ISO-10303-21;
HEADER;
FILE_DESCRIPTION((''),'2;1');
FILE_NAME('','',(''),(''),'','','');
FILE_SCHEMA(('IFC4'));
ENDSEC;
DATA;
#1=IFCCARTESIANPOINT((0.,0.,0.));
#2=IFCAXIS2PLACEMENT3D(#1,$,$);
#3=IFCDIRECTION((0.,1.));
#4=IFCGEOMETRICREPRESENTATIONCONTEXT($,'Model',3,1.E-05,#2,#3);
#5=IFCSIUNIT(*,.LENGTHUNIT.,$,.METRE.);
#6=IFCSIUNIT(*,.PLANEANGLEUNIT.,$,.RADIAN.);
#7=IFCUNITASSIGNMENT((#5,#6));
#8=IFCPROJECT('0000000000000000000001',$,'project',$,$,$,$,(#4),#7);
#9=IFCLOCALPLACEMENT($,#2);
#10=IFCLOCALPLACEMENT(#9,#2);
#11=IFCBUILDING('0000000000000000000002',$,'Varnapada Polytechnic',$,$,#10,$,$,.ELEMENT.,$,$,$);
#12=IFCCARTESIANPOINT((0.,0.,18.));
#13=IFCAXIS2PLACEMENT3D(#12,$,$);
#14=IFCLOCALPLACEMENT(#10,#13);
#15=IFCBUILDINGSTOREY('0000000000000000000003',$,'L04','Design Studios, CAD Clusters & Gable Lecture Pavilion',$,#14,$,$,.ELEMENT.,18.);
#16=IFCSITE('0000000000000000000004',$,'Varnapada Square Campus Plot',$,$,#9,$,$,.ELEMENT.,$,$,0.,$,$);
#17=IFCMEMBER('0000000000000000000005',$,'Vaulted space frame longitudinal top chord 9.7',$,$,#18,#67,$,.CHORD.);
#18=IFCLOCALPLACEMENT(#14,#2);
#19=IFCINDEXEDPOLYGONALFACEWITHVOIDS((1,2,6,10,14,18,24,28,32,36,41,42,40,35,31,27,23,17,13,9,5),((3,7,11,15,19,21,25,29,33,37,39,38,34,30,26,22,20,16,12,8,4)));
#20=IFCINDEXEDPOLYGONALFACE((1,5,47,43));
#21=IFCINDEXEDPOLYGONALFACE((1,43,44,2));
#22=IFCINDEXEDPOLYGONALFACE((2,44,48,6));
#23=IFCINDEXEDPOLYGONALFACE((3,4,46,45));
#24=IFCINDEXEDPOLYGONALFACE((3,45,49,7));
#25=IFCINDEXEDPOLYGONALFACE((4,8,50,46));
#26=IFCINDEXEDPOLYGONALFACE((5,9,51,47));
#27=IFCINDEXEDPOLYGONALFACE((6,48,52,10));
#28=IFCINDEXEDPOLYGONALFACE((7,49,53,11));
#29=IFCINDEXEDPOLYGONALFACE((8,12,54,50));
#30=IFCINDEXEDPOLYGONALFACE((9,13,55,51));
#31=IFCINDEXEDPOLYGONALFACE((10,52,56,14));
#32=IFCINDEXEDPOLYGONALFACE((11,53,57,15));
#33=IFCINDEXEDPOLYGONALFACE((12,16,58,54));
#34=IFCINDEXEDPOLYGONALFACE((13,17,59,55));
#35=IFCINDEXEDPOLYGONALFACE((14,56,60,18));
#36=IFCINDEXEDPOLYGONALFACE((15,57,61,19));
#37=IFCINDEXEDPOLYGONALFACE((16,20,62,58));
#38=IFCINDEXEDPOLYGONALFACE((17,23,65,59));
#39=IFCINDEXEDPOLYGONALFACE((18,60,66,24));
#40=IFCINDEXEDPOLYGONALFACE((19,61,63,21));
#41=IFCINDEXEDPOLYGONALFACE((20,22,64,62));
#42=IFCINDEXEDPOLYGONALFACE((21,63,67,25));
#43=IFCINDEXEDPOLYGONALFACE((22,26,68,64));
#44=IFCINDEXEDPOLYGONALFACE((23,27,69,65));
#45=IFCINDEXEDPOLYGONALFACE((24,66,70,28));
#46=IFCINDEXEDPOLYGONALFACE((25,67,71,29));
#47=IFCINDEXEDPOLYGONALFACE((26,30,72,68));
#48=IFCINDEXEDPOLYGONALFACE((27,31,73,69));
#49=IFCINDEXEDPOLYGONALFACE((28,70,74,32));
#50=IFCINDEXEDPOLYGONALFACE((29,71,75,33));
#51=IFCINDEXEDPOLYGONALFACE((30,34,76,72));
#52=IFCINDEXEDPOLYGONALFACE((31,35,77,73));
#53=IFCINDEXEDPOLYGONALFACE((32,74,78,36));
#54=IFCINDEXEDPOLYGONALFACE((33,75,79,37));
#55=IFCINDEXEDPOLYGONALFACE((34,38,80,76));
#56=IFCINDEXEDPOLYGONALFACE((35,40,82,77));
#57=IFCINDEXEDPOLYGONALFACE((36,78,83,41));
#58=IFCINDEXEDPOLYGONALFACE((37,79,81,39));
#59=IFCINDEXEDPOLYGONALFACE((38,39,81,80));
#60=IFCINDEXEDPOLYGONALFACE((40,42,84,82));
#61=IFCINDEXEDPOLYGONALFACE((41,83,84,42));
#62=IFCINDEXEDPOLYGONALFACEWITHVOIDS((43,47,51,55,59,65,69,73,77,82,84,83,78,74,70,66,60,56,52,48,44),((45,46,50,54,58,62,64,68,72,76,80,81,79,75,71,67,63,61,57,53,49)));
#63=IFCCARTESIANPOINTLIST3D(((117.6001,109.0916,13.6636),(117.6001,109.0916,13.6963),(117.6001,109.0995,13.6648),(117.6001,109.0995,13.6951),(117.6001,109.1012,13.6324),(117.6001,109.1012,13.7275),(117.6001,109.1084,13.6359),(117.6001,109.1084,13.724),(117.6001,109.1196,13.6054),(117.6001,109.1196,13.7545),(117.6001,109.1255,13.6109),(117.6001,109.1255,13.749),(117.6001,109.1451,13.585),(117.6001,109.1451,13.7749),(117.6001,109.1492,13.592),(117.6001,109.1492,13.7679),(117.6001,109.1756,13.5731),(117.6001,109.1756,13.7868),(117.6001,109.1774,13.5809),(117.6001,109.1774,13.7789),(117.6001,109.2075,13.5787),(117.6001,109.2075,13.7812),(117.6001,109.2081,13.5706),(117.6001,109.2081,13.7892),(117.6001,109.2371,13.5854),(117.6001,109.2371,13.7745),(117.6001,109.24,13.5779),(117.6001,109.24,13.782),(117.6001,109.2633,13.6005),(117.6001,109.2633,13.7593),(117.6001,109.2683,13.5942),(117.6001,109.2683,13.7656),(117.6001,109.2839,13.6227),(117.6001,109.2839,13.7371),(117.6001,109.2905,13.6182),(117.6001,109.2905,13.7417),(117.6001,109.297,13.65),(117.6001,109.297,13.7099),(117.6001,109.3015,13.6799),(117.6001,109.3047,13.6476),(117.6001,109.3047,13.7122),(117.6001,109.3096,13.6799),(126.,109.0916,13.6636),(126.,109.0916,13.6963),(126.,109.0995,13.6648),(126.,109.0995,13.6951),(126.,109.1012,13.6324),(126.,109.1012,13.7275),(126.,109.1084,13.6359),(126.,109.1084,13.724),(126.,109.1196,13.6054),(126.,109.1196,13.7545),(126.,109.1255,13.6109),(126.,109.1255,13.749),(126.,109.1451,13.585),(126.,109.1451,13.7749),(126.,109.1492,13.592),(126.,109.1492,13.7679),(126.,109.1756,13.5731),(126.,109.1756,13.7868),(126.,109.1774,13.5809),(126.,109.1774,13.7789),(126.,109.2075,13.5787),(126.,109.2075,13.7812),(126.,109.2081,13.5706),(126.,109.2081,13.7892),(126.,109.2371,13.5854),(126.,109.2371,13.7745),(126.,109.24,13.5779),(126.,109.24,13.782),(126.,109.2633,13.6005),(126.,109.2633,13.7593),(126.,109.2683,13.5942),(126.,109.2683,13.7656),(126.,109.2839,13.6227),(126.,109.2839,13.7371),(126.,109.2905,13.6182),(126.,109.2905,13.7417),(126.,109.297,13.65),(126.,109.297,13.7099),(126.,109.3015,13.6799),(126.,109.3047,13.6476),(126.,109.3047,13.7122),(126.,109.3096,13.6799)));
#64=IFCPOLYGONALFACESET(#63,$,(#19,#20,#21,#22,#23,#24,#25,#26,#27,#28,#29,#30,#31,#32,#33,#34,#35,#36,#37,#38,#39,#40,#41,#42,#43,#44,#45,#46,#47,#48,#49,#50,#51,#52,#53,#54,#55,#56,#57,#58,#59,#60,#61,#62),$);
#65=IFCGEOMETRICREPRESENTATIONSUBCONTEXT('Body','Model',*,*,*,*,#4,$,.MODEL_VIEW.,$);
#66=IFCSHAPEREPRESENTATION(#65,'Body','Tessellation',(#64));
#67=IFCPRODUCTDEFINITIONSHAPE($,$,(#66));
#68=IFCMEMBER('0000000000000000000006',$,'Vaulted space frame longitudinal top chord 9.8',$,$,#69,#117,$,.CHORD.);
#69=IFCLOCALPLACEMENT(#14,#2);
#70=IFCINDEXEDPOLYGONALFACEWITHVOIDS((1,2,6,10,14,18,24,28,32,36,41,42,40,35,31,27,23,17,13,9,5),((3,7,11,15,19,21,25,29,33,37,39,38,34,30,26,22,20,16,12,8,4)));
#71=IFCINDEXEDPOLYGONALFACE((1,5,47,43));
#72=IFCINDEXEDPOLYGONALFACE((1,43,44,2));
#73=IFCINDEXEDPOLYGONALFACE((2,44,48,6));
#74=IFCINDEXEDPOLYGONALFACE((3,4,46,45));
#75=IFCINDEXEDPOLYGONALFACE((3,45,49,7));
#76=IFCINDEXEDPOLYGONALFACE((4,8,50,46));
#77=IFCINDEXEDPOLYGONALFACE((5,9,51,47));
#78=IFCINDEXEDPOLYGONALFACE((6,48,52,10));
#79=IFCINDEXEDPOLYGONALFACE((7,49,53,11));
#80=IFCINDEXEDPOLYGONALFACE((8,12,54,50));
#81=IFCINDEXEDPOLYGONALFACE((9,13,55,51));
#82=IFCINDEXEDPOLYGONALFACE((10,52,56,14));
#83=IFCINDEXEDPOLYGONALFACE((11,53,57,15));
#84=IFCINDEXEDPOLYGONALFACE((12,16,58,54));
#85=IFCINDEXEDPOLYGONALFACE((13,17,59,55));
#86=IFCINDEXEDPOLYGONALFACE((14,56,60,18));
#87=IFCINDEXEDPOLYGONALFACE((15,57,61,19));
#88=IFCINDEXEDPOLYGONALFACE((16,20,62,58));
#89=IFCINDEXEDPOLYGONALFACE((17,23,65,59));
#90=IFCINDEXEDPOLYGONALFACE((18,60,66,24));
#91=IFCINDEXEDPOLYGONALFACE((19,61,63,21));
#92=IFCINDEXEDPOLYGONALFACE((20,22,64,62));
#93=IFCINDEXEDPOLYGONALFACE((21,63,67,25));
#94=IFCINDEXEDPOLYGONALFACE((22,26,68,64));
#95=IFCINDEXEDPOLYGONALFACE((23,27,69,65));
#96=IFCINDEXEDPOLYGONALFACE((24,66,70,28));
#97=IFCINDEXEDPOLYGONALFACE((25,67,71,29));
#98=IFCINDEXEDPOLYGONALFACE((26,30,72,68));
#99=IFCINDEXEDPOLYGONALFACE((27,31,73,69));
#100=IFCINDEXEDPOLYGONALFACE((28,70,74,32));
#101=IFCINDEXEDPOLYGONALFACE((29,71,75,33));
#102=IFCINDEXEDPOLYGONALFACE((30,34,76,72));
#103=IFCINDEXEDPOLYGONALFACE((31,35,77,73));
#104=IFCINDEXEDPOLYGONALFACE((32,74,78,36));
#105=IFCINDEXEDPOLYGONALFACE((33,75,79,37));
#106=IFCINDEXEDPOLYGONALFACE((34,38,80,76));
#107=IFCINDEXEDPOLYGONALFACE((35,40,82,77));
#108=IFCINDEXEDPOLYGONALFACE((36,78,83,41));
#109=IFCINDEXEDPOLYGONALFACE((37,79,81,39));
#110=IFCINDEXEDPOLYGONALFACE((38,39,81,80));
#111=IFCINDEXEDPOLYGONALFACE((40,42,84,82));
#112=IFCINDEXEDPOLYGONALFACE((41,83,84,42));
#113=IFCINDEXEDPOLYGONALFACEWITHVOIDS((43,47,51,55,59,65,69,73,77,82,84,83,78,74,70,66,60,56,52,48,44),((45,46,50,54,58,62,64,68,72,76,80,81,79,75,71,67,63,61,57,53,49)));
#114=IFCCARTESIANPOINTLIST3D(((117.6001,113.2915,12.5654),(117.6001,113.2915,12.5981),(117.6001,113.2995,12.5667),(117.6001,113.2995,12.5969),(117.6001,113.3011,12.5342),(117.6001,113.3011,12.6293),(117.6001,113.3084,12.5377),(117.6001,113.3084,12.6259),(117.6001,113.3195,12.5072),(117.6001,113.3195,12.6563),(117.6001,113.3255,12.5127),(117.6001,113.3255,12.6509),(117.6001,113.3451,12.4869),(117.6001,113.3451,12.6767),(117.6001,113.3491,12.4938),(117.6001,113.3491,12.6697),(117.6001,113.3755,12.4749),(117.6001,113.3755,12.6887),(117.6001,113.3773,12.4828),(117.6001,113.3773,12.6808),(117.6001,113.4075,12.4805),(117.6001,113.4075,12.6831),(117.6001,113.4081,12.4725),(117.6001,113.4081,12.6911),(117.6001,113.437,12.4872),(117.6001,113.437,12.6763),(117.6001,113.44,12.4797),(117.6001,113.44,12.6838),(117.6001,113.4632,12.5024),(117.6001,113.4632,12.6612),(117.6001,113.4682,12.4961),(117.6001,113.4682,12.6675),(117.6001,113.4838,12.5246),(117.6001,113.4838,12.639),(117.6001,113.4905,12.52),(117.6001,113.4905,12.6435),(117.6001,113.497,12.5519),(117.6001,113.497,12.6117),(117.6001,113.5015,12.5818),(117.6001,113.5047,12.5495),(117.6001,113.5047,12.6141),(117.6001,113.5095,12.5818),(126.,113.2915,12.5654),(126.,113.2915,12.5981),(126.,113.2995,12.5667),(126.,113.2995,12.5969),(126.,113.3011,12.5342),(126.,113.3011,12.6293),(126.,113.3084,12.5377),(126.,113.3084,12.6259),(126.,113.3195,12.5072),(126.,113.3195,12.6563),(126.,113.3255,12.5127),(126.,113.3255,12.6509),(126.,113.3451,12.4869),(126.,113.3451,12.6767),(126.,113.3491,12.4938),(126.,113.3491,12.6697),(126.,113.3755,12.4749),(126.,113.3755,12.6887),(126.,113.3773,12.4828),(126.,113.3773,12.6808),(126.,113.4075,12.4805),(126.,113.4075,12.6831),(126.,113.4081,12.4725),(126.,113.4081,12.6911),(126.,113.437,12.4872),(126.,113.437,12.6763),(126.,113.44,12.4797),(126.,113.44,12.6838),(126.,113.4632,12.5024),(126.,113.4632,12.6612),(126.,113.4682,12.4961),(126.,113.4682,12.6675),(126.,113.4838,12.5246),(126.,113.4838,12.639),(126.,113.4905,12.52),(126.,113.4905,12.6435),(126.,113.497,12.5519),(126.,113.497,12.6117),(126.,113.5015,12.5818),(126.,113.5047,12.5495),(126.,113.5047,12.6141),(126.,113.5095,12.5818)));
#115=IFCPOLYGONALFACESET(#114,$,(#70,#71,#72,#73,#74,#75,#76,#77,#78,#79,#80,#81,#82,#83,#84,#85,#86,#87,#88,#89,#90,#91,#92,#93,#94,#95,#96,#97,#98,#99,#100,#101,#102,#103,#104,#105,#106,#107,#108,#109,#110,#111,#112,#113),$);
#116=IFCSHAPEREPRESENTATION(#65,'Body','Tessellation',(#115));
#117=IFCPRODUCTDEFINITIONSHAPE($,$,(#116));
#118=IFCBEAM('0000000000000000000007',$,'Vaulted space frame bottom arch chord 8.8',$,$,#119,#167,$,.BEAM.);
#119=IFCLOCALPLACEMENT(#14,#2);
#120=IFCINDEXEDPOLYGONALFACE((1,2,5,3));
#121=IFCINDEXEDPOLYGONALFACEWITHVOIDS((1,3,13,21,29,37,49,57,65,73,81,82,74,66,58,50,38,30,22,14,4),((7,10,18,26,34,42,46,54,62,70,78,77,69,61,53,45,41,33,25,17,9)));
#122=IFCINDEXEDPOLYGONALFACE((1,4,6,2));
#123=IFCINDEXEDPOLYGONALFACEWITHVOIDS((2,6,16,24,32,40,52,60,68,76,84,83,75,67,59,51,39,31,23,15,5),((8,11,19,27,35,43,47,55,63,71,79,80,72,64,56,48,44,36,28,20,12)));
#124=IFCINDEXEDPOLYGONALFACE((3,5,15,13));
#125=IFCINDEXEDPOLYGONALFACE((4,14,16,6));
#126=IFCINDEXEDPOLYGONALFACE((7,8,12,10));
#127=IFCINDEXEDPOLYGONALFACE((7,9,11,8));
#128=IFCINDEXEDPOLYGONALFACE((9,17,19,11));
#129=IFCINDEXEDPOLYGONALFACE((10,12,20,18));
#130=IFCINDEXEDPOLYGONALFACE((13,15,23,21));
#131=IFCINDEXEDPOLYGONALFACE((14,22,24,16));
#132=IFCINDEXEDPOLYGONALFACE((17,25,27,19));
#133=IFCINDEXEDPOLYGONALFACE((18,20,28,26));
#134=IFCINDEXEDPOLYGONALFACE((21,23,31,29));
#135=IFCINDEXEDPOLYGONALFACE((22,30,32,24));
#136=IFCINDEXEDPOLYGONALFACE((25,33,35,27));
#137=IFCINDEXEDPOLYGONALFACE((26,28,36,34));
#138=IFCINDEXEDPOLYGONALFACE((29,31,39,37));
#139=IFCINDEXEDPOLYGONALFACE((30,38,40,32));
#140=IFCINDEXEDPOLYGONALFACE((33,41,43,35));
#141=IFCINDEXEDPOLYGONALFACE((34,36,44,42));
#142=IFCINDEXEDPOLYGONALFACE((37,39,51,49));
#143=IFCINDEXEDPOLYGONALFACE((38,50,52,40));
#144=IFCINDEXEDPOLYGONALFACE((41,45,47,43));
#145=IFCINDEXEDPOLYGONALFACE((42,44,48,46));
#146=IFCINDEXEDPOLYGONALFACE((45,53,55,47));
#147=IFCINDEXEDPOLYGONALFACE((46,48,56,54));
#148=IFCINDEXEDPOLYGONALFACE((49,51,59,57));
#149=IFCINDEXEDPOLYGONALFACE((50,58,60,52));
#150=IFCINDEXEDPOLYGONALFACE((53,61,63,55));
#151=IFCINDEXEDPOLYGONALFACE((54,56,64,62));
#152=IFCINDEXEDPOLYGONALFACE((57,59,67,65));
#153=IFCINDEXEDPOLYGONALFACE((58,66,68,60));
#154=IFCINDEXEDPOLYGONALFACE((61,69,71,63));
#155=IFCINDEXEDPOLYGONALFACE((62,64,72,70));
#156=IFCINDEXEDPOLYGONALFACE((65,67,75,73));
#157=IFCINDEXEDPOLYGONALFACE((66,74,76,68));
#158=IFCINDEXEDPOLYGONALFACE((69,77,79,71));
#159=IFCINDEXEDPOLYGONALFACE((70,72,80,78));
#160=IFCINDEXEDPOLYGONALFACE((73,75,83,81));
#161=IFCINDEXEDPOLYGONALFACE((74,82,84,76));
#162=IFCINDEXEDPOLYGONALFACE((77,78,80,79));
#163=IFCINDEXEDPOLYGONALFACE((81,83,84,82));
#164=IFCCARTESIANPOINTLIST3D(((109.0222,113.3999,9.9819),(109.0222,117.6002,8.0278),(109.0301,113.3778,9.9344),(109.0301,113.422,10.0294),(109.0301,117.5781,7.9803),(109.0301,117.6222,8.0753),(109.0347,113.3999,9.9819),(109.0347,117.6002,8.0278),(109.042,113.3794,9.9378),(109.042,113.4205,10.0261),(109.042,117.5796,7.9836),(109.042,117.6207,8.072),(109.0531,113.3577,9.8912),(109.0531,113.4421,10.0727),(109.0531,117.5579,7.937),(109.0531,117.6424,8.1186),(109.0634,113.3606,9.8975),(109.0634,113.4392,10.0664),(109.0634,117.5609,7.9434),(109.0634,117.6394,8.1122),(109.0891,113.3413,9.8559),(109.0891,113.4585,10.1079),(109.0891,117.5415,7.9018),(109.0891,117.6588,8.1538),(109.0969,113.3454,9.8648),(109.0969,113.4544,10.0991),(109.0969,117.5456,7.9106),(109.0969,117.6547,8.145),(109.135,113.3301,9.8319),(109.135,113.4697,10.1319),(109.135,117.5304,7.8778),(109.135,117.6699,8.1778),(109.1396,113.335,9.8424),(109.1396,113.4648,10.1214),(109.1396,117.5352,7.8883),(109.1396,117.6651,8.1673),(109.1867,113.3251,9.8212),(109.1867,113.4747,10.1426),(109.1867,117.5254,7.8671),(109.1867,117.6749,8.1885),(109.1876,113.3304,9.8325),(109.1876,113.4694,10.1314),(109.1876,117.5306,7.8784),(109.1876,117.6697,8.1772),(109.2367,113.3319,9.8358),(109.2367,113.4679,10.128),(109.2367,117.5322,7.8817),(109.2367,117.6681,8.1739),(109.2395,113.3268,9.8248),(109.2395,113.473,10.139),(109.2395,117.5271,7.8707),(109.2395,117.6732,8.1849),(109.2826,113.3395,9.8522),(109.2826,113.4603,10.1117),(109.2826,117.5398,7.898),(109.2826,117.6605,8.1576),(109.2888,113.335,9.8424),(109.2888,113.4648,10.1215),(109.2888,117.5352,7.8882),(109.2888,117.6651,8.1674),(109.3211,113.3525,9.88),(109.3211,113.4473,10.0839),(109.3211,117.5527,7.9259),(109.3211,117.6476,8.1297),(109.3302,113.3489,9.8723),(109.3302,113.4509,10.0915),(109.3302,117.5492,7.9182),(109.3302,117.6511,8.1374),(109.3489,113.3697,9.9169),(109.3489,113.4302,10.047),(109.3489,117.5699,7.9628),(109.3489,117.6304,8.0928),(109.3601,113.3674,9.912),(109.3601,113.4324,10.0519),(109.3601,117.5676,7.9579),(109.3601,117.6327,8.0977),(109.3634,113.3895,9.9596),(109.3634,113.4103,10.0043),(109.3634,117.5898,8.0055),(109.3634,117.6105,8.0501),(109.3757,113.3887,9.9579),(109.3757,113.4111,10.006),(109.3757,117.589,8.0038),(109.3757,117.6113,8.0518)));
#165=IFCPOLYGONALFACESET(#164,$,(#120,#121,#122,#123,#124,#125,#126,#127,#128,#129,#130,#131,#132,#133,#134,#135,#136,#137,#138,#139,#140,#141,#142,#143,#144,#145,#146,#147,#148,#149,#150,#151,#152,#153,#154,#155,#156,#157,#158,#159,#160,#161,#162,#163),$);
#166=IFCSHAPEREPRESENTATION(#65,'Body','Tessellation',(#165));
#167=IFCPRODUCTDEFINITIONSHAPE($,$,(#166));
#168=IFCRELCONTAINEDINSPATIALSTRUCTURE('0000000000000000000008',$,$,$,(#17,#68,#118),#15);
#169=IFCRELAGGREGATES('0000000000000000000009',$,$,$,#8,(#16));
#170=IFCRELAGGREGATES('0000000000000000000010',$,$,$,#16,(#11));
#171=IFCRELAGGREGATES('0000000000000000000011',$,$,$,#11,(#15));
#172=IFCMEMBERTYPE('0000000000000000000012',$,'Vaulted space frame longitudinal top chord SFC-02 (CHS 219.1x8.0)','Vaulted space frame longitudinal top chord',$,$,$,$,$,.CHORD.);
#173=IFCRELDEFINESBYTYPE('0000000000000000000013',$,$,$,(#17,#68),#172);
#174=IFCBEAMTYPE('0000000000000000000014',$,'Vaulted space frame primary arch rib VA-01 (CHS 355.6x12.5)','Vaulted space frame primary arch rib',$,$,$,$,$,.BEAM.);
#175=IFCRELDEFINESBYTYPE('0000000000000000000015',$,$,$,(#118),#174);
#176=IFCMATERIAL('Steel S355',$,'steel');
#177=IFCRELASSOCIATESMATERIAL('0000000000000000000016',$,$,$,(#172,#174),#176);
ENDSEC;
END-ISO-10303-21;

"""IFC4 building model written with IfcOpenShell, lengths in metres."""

from ifc_helpers import new_model, si_unit, direction, frame, origin, origin_2d, place, context, subcontext, project, spatial, hollow_circle, extrude, material, material_profile, profile_set, type_object, element, save


model = new_model("IFC4")

# Units and contexts
model_context = context("Model", 3, precision=1e-05, world=origin(), true_north=direction((0.0, 1.0)))
body_context = subcontext(model_context, "Body", "Model", "MODEL_VIEW")
ifc_project = project(units=[si_unit("LENGTHUNIT", "METRE"), si_unit("PLANEANGLEUNIT", "RADIAN")], contexts=[model_context])

# Site, building, storey
site_placement = place(None, origin())
site = spatial("IfcSite", under=ifc_project, at=site_placement, Name="Varnapada Square Campus Plot", CompositionType="ELEMENT", RefElevation=0.0)
building_placement = place(site_placement, origin())
building = spatial("IfcBuilding", under=site, at=building_placement, Name="Varnapada Polytechnic", CompositionType="ELEMENT")
storey_placement = place(building_placement, frame((0.0, 0.0, 18.0)))
storey = spatial("IfcBuildingStorey", under=building, at=storey_placement, Name="L04", Description="Design Studios, CAD Clusters & Gable Lecture Pavilion", CompositionType="ELEMENT", Elevation=18.0)

# Members
ifc_material = material(Name="Steel S355", Category="steel")
ifc_material_profile_1 = material_profile(ifc_material, hollow_circle(Radius=0.1096, WallThickness=0.0081, at=origin_2d()), Name="CHS 219.1x8.0")
ifc_profile_set_1 = profile_set([ifc_material_profile_1], Name="Steel S355")
member_type_1 = type_object("IfcMemberType", Name="Vaulted space frame longitudinal top chord SFC-02 (CHS 219.1x8.0)", Description="Vaulted space frame longitudinal top chord", PredefinedType="CHORD", material=ifc_profile_set_1)
for number, where, z_axis, x_axis, name in (
    (1, (117.6001, 109.2, 13.6799), (1.0, 0.0, 0.0), (0.0, 1.0, 0.0), "Vaulted space frame longitudinal top chord 9.7"),
    (2, (117.6001, 113.3999, 12.5818), (1.0, 0.0, 0.0), (0.0, 1.0, 0.0), "Vaulted space frame longitudinal top chord 9.8"),
):
    element("IfcMember", number, at=place(storey_placement, frame(where, z_axis=z_axis, x_axis=x_axis)), inside=storey, type_object=member_type_1, Name=name, PredefinedType="CHORD", context=body_context, shape_type="SweptSolid", body=[
        extrude(hollow_circle(Radius=0.1096, WallThickness=0.0081, at=origin_2d()), origin(), (0.0, 0.0, 1.0), 8.3999),
    ])

# Beam
ifc_material_profile_2 = material_profile(ifc_material, hollow_circle(Radius=0.1777, WallThickness=0.0125, at=origin_2d()), Name="CHS 355.6x12.5")
ifc_profile_set_2 = profile_set([ifc_material_profile_2], Name="Steel S355")
beam_type_1 = type_object("IfcBeamType", Name="Vaulted space frame primary arch rib VA-01 (CHS 355.6x12.5)", Description="Vaulted space frame primary arch rib", PredefinedType="BEAM", material=ifc_profile_set_2)
beam_1_placement = place(storey_placement, frame((109.2, 113.3999, 9.9819), z_axis=(0.0, 0.906678, -0.421823), x_axis=(-1.0, 0.0, 0.0)))
element("IfcBeam", 3, at=beam_1_placement, inside=storey, type_object=beam_type_1, Name="Vaulted space frame bottom arch chord 8.8", PredefinedType="BEAM", context=body_context, shape_type="SweptSolid", body=[
    extrude(hollow_circle(Radius=0.1777, WallThickness=0.0125, at=origin_2d()), origin(), (0.0, 0.0, 1.0), 4.6326),
])

save(model, "model.ifc")
